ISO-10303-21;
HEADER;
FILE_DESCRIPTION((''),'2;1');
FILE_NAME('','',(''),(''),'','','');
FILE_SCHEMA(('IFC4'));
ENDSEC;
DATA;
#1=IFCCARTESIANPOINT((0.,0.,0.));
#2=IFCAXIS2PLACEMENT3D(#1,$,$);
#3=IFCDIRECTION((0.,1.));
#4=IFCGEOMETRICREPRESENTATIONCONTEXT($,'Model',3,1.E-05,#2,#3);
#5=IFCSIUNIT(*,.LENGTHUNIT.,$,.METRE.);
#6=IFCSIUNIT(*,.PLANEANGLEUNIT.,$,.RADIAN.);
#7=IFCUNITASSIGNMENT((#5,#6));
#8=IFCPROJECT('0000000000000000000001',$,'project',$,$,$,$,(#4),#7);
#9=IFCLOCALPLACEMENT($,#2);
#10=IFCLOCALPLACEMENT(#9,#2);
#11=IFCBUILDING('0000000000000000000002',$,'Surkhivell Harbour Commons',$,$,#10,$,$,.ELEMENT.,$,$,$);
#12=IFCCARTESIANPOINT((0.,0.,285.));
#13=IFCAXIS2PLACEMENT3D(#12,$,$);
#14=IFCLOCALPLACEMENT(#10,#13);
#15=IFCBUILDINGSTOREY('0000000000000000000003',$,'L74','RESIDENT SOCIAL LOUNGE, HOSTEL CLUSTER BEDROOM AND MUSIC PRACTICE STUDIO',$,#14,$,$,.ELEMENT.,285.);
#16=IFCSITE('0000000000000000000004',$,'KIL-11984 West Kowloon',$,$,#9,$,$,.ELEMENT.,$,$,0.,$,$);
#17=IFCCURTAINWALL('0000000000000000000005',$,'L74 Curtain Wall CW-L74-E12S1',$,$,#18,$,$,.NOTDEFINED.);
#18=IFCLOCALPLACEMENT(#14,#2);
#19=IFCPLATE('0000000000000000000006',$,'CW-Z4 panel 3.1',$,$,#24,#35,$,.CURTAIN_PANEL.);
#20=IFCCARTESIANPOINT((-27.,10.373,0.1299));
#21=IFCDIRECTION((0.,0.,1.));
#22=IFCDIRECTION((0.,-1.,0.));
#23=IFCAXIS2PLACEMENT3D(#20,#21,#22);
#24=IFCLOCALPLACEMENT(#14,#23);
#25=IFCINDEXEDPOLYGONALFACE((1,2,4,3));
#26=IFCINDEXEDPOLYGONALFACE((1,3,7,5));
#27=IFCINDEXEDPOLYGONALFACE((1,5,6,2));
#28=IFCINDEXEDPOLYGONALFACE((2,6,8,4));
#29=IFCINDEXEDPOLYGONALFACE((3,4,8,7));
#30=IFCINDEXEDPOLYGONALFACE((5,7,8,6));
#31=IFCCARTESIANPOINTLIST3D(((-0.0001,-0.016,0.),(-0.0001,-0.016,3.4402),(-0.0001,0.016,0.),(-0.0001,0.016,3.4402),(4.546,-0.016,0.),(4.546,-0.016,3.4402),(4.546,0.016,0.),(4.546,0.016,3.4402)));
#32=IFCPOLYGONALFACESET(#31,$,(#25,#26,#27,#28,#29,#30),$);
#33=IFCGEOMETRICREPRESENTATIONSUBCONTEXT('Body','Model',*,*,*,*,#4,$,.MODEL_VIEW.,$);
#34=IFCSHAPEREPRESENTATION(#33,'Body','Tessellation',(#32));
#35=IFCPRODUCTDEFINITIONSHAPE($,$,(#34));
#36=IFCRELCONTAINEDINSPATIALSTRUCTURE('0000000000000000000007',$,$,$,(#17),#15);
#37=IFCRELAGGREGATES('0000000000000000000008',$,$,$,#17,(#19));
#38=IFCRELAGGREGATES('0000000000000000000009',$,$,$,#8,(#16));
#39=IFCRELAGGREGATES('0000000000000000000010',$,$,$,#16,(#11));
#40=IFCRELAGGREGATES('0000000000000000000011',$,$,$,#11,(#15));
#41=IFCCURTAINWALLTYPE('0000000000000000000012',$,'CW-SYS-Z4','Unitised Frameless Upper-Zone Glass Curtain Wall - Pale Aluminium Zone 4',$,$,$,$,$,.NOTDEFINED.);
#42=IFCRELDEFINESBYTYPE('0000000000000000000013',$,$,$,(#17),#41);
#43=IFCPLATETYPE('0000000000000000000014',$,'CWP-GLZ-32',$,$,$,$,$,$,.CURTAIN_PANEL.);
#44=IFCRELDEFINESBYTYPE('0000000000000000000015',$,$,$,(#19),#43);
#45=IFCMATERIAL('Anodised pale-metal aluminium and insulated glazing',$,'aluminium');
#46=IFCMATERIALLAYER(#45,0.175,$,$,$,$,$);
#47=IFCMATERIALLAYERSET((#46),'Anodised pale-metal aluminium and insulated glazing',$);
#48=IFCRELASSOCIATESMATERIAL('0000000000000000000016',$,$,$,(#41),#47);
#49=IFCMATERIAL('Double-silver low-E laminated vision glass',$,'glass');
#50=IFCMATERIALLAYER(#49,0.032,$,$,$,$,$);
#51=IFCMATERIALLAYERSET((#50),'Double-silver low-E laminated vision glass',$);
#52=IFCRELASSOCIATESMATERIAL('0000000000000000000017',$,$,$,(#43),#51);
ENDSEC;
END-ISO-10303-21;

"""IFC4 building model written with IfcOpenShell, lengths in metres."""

from ifc_helpers import new_model, si_unit, direction, frame, frame_2d, origin, place, context, subcontext, project, spatial, rectangle, extrude, material, layer, layer_set, type_object, element, aggregate, save


model = new_model("IFC4")

# Units and contexts
model_context = context("Model", 3, precision=1e-05, world=origin(), true_north=direction((0.0, 1.0)))
body_context = subcontext(model_context, "Body", "Model", "MODEL_VIEW")
ifc_project = project(units=[si_unit("LENGTHUNIT", "METRE"), si_unit("PLANEANGLEUNIT", "RADIAN")], contexts=[model_context])

# Site, building, storey
site_placement = place(None, origin())
site = spatial("IfcSite", under=ifc_project, at=site_placement, Name="KIL-11984 West Kowloon", CompositionType="ELEMENT", RefElevation=0.0)
building_placement = place(site_placement, origin())
building = spatial("IfcBuilding", under=site, at=building_placement, Name="Surkhivell Harbour Commons", CompositionType="ELEMENT")
storey_placement = place(building_placement, frame((0.0, 0.0, 285.0)))
storey = spatial("IfcBuildingStorey", under=building, at=storey_placement, Name="L74", Description="RESIDENT SOCIAL LOUNGE, HOSTEL CLUSTER BEDROOM AND MUSIC PRACTICE STUDIO", CompositionType="ELEMENT", Elevation=285.0)

# Curtain wall, plate
ifc_material_1 = material(Name="Anodised pale-metal aluminium and insulated glazing", Category="aluminium")
ifc_layer_1 = layer(ifc_material_1, 0.175)
ifc_layer_set_1 = layer_set([ifc_layer_1], Name="Anodised pale-metal aluminium and insulated glazing")
curtain_wall_type = type_object("IfcCurtainWallType", Name="CW-SYS-Z4", Description="Unitised Frameless Upper-Zone Glass Curtain Wall - Pale Aluminium Zone 4", PredefinedType="NOTDEFINED", material=ifc_layer_set_1)
curtain_wall_placement = place(storey_placement, origin())
curtain_wall = element("IfcCurtainWall", 1, at=curtain_wall_placement, inside=storey, type_object=curtain_wall_type, Name="L74 Curtain Wall CW-L74-E12S1", PredefinedType="NOTDEFINED")
ifc_material_2 = material(Name="Double-silver low-E laminated vision glass", Category="glass")
ifc_layer_2 = layer(ifc_material_2, 0.032)
ifc_layer_set_2 = layer_set([ifc_layer_2], Name="Double-silver low-E laminated vision glass")
plate_type = type_object("IfcPlateType", Name="CWP-GLZ-32", PredefinedType="CURTAIN_PANEL", material=ifc_layer_set_2)
plate_1_placement = place(storey_placement, frame((-27.0, 10.373, 0.1299), z_axis=(0.0, 0.0, 1.0), x_axis=(0.0, -1.0, 0.0)))
plate_1 = element("IfcPlate", 2, at=plate_1_placement, type_object=plate_type, Name="CW-Z4 panel 3.1", PredefinedType="CURTAIN_PANEL", context=body_context, shape_type="SweptSolid", body=[
    extrude(rectangle(XDim=4.5461, YDim=0.032, at=frame_2d((2.2729, 0.0))), origin(), (0.0, 0.0, 1.0), 3.4402),
])
aggregate(curtain_wall, [plate_1])

save(model, "model.ifc")
